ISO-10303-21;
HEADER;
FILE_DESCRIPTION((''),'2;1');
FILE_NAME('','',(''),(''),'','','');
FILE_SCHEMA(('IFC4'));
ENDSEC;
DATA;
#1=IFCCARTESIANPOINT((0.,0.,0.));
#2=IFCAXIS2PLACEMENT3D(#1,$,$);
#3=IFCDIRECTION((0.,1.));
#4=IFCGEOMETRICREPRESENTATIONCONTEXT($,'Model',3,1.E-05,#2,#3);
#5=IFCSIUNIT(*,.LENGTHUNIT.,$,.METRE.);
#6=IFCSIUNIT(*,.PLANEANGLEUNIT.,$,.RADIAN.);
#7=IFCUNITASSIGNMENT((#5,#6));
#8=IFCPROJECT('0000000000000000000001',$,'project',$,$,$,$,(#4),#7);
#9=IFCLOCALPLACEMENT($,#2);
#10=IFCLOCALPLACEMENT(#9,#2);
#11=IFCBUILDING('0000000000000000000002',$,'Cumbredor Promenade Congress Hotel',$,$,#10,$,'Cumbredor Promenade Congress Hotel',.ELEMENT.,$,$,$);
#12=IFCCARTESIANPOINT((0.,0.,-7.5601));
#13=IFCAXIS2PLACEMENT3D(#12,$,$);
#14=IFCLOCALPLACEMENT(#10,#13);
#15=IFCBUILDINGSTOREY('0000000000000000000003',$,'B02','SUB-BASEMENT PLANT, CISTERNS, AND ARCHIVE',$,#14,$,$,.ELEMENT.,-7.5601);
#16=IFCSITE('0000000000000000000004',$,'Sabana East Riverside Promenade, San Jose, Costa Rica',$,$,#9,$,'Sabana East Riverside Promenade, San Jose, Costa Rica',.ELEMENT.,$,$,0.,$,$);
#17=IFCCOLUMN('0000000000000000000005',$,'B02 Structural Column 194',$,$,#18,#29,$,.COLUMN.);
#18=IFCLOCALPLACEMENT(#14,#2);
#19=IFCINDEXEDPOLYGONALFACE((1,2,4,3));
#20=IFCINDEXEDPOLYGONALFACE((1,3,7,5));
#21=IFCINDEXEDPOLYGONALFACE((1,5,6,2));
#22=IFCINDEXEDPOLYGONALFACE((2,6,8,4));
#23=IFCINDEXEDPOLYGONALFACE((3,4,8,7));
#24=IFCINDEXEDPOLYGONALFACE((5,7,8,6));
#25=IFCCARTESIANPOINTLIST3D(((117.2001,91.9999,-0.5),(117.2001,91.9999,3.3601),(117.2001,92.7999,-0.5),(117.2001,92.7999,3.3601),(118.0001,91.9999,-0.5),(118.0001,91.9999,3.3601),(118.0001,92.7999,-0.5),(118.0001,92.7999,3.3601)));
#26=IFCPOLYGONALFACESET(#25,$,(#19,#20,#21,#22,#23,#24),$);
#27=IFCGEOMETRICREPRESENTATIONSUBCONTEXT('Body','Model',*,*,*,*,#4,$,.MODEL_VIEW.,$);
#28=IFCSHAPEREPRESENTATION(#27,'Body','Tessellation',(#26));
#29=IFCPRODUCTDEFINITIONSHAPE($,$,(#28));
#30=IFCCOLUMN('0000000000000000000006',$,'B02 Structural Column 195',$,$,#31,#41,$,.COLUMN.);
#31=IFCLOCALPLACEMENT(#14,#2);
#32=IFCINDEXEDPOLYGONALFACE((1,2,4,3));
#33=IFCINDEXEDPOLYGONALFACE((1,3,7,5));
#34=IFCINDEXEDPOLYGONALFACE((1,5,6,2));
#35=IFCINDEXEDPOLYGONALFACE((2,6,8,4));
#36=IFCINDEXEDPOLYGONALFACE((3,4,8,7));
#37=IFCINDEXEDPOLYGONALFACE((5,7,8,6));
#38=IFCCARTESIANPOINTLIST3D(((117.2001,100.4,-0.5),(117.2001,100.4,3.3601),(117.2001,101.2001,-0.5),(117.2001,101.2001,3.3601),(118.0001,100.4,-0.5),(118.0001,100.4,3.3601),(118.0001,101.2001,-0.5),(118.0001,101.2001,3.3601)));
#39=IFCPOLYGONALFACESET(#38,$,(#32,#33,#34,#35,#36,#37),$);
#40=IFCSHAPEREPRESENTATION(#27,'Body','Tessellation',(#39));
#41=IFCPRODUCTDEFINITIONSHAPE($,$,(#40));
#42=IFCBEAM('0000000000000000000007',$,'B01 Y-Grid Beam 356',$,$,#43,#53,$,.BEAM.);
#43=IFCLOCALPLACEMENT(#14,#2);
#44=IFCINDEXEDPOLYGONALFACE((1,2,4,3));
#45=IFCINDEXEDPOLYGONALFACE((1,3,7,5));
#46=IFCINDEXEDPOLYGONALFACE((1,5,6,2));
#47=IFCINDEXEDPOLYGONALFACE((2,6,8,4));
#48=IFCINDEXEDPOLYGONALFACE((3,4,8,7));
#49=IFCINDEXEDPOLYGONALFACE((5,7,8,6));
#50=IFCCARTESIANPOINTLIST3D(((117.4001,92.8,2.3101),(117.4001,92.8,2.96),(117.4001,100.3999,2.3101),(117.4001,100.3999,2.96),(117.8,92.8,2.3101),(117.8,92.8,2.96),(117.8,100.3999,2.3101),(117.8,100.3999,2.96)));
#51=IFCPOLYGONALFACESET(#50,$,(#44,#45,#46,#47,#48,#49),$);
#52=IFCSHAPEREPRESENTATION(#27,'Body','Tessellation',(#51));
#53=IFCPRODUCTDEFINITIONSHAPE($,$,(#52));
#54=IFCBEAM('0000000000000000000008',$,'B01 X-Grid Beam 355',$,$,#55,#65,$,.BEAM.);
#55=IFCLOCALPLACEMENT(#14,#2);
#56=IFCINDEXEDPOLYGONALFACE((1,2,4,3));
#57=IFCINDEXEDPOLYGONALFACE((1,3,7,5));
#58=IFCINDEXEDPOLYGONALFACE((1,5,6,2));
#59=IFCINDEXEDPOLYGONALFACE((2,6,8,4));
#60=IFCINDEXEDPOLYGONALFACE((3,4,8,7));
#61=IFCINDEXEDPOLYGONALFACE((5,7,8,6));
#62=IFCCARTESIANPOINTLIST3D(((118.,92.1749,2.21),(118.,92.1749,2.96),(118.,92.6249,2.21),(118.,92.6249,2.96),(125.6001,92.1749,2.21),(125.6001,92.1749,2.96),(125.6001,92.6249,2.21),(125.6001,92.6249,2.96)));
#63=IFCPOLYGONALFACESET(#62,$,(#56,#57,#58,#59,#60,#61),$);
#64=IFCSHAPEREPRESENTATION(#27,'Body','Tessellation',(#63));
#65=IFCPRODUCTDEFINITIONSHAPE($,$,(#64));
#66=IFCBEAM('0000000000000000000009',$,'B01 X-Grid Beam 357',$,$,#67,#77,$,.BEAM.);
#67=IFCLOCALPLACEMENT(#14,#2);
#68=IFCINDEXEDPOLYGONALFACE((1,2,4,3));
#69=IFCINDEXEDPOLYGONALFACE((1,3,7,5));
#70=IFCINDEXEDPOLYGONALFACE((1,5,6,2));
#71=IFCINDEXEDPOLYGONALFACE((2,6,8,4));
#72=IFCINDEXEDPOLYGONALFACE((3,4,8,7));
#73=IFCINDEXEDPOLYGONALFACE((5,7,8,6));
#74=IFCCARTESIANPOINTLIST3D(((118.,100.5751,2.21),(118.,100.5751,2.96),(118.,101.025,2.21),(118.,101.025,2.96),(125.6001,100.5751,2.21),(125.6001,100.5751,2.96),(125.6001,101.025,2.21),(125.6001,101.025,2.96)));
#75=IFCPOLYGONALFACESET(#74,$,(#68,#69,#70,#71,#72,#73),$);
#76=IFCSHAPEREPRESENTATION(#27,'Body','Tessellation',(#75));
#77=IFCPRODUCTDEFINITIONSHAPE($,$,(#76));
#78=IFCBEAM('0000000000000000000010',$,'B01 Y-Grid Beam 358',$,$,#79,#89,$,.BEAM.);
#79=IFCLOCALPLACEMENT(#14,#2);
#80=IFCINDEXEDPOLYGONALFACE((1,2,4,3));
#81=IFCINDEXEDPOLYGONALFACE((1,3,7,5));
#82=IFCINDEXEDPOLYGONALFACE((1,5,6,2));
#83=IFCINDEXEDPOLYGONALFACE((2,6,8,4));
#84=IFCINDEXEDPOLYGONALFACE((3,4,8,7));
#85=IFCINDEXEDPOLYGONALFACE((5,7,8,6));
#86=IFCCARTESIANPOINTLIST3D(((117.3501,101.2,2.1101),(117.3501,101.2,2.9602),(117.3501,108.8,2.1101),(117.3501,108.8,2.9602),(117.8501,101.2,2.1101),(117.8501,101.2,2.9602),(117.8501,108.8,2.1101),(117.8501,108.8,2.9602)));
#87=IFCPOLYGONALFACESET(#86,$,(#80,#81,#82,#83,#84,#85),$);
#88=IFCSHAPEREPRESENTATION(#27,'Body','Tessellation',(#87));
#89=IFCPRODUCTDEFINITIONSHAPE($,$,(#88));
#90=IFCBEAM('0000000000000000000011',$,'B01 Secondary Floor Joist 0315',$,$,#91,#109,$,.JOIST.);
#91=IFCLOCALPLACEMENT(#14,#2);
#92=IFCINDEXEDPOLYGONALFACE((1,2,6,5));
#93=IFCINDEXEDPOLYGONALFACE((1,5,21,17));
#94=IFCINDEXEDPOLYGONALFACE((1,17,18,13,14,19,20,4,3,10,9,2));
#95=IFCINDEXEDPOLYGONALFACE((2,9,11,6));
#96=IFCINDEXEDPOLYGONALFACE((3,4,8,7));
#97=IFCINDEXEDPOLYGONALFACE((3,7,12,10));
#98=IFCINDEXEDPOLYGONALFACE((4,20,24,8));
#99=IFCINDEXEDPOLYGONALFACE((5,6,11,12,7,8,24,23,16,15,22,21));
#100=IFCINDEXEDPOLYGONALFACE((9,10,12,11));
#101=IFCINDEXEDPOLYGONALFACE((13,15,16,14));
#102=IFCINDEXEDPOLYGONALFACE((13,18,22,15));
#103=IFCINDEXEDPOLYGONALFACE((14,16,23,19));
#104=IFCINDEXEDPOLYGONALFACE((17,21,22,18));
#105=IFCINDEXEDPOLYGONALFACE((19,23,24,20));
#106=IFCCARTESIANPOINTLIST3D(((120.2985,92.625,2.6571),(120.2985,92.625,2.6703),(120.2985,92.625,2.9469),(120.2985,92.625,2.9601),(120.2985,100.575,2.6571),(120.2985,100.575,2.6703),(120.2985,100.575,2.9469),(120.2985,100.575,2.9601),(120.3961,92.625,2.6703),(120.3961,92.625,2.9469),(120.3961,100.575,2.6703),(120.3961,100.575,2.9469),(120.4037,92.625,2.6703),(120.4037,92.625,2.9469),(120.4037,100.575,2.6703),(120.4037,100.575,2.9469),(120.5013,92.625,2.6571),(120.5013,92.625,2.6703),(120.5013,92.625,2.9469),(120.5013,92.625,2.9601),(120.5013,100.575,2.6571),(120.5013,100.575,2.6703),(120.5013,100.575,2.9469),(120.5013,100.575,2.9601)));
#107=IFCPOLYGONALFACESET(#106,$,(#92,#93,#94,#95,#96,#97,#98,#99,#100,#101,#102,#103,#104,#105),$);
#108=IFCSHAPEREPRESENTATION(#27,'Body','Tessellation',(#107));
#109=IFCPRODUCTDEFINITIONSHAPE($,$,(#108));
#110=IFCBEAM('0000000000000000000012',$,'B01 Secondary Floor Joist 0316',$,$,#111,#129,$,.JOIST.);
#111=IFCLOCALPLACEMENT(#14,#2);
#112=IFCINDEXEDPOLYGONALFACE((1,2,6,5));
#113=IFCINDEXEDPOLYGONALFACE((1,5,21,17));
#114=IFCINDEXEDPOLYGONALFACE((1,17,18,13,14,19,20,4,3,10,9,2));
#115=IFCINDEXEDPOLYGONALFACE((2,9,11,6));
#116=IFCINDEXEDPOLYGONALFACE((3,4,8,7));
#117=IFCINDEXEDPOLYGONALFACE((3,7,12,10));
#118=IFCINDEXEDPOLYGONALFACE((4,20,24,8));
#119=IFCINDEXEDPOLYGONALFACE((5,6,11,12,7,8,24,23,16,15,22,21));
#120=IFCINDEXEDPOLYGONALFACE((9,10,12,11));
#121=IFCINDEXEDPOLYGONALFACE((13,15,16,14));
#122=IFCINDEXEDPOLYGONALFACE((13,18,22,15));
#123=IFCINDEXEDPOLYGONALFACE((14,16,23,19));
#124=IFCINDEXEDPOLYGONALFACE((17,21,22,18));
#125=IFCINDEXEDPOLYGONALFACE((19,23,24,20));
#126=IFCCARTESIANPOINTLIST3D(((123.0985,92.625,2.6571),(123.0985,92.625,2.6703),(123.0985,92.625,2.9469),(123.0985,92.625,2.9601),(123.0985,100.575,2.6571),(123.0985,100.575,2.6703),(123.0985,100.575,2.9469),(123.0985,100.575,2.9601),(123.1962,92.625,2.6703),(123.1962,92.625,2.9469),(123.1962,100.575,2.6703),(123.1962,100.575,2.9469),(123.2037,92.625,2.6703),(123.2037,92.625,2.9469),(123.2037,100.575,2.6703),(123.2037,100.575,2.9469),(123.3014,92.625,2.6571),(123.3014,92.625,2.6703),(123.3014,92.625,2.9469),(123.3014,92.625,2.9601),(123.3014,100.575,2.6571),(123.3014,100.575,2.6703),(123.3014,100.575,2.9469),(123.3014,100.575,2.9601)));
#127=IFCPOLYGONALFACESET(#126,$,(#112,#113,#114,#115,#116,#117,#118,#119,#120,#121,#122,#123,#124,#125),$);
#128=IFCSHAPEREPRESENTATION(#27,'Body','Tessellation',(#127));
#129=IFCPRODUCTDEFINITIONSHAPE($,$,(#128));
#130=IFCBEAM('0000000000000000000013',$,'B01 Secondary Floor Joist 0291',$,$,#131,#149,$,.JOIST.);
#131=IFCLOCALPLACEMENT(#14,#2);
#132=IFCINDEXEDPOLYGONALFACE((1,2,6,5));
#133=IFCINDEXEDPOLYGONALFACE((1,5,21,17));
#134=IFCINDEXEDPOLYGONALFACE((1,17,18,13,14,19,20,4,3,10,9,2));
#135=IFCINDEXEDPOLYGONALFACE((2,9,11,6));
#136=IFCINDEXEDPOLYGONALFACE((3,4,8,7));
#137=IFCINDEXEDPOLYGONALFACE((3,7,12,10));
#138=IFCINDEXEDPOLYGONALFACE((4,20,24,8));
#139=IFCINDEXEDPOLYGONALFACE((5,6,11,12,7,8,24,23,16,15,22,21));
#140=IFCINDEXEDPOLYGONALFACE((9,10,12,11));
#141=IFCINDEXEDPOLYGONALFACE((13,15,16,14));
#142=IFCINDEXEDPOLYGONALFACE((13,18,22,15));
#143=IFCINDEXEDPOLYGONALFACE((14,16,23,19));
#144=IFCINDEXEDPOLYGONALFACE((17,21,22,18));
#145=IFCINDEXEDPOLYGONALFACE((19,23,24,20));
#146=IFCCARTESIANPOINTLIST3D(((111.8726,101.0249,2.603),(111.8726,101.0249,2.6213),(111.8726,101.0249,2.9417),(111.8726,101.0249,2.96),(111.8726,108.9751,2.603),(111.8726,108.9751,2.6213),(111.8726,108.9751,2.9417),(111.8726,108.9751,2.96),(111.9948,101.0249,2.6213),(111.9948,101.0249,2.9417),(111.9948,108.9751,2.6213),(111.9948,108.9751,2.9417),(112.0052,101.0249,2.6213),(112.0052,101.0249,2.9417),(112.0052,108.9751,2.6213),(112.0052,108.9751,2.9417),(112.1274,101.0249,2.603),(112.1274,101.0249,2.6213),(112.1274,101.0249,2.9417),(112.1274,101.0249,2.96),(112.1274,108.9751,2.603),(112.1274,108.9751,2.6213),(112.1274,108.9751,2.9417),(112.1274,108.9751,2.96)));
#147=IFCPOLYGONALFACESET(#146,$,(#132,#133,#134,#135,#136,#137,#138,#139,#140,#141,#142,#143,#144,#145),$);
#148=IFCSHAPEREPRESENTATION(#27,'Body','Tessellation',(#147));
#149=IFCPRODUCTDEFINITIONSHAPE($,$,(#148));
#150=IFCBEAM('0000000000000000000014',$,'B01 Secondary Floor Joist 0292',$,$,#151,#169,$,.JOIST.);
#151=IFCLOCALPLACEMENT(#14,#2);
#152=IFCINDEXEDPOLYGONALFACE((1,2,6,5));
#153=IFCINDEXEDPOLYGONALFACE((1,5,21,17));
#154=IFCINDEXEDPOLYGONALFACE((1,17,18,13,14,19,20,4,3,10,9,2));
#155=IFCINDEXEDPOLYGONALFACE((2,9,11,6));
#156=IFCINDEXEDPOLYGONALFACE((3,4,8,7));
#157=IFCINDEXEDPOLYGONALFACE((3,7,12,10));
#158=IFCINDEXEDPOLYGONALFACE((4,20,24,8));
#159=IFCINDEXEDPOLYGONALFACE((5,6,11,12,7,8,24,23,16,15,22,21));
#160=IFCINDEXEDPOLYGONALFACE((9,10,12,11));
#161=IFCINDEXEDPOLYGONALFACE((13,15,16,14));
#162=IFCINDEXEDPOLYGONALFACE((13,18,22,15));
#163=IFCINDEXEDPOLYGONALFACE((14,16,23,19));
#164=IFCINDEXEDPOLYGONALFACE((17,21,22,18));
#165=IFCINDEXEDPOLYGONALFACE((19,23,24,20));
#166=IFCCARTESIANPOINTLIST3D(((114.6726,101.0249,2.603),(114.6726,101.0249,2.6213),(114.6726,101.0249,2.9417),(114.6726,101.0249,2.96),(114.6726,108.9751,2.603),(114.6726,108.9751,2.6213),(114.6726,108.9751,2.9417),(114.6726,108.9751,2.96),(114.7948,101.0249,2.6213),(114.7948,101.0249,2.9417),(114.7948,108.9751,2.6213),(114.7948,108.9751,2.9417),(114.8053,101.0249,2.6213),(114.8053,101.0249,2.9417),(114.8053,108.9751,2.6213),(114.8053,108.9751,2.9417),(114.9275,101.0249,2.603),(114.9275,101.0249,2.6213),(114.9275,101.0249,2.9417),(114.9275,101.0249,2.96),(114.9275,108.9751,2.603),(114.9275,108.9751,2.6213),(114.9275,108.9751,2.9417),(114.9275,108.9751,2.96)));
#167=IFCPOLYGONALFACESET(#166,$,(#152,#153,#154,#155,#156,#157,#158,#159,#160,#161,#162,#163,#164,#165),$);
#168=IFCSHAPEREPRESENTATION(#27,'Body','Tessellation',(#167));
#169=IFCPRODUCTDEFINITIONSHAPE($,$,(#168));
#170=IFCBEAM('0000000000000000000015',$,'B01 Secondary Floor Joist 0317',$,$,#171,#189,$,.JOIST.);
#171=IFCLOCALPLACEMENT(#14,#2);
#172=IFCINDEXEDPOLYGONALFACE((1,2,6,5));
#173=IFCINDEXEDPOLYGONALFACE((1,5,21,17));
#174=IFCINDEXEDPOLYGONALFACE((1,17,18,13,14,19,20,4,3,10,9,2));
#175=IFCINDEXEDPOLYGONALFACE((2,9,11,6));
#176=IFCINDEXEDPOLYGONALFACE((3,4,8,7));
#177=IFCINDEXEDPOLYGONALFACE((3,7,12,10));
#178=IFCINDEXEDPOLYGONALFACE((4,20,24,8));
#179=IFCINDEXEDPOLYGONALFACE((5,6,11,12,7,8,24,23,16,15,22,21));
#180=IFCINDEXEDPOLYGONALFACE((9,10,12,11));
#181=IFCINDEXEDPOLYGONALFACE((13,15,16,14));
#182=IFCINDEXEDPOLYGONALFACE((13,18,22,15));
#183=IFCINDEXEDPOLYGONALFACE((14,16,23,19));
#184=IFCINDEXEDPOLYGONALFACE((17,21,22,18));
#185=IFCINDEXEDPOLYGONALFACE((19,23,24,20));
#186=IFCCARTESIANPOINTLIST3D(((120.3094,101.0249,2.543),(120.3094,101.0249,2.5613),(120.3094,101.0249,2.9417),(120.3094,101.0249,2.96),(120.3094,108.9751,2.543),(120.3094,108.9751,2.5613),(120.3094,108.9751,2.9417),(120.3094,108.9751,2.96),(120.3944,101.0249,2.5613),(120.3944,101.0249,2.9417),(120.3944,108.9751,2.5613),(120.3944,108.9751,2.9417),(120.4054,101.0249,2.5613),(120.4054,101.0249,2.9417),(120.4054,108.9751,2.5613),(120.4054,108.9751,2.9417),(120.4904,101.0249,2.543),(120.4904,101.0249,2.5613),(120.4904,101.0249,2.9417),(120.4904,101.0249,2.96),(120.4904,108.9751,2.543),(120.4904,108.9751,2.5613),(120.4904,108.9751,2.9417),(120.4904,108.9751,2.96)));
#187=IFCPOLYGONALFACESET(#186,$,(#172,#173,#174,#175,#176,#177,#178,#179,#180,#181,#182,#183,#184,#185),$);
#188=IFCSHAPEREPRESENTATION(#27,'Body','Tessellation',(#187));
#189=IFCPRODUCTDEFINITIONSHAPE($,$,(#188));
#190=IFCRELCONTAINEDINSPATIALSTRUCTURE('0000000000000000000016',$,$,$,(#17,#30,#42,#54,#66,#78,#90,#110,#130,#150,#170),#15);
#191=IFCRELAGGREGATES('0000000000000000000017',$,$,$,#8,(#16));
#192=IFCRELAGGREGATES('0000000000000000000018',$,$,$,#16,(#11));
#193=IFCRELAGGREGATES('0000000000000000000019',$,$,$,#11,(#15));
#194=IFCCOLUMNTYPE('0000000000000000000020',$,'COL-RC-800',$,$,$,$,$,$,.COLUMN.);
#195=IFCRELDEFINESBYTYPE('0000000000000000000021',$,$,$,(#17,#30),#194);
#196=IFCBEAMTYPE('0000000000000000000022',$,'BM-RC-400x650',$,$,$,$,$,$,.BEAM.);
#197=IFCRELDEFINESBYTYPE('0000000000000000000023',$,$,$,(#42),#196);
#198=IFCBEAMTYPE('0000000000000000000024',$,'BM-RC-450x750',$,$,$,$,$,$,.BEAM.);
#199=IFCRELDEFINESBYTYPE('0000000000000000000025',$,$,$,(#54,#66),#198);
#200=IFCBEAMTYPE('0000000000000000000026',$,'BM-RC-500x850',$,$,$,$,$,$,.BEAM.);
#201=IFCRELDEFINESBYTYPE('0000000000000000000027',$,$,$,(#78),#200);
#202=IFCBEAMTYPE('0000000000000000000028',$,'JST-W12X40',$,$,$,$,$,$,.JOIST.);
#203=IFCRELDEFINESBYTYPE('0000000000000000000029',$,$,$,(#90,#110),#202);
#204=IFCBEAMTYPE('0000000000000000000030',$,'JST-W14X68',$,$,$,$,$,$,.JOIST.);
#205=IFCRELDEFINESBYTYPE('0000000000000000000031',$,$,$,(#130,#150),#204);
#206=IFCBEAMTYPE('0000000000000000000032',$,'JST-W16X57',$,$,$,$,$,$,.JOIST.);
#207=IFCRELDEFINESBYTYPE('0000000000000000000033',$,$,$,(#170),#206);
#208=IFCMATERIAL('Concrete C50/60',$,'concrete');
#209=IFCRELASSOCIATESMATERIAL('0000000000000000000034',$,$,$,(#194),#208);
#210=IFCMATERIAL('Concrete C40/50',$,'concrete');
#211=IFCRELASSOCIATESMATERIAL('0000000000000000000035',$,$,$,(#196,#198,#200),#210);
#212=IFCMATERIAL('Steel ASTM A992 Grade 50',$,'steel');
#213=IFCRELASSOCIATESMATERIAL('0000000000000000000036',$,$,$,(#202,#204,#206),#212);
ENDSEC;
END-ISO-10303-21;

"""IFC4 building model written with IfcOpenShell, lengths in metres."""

from ifc_helpers import new_model, si_unit, direction, frame, origin, origin_2d, place, context, subcontext, project, spatial, rectangle, i_section, extrude, material, material_profile, profile_set, type_object, element, save


model = new_model("IFC4")

# Units and contexts
model_context = context("Model", 3, precision=1e-05, world=origin(), true_north=direction((0.0, 1.0)))
body_context = subcontext(model_context, "Body", "Model", "MODEL_VIEW")
ifc_project = project(units=[si_unit("LENGTHUNIT", "METRE"), si_unit("PLANEANGLEUNIT", "RADIAN")], contexts=[model_context])

# Site, building, storey
site_placement = place(None, origin())
site = spatial("IfcSite", under=ifc_project, at=site_placement, Name="Sabana East Riverside Promenade, San Jose, Costa Rica", LongName="Sabana East Riverside Promenade, San Jose, Costa Rica", CompositionType="ELEMENT", RefElevation=0.0)
building_placement = place(site_placement, origin())
building = spatial("IfcBuilding", under=site, at=building_placement, Name="Cumbredor Promenade Congress Hotel", LongName="Cumbredor Promenade Congress Hotel", CompositionType="ELEMENT")
storey_placement = place(building_placement, frame((0.0, 0.0, -7.5601)))
storey = spatial("IfcBuildingStorey", under=building, at=storey_placement, Name="B02", Description="SUB-BASEMENT PLANT, CISTERNS, AND ARCHIVE", CompositionType="ELEMENT", Elevation=-7.5601)

# Shared definitions
ifc_material_1 = material(Name="Concrete C40/50", Category="concrete")

# Columns
ifc_material_2 = material(Name="Concrete C50/60", Category="concrete")
ifc_material_profile_1 = material_profile(ifc_material_2, rectangle(XDim=0.8, YDim=0.8, at=origin_2d()), Name="RC 800x800")
ifc_profile_set_1 = profile_set([ifc_material_profile_1], Name="Concrete C50/60")
column_type = type_object("IfcColumnType", Name="COL-RC-800", PredefinedType="COLUMN", material=ifc_profile_set_1)
for number, where, z_axis, x_axis, name in (
    (1, (117.6001, 92.3999, -0.5), (0.0, 0.0, 1.0), (1.0, 0.0, 0.0), "B02 Structural Column 194"),
    (2, (117.6001, 100.8, -0.5), (0.0, 0.0, 1.0), (1.0, 0.0, 0.0), "B02 Structural Column 195"),
):
    element("IfcColumn", number, at=place(storey_placement, frame(where, z_axis=z_axis, x_axis=x_axis)), inside=storey, type_object=column_type, Name=name, PredefinedType="COLUMN", context=body_context, shape_type="SweptSolid", body=[
        extrude(rectangle(XDim=0.8, YDim=0.8, at=origin_2d()), origin(), (0.0, 0.0, 1.0), 3.8601),
    ])

# Beams
ifc_material_profile_2 = material_profile(ifc_material_1, rectangle(XDim=0.3999, YDim=0.6499, at=origin_2d()), Name="RC BEAM 400x650")
ifc_profile_set_2 = profile_set([ifc_material_profile_2], Name="Concrete C40/50")
beam_type_1 = type_object("IfcBeamType", Name="BM-RC-400x650", PredefinedType="BEAM", material=ifc_profile_set_2)
beam_1_placement = place(storey_placement, frame((117.6001, 92.8, 2.635), z_axis=(0.0, 1.0, 0.0), x_axis=(-1.0, 0.0, 0.0)))
element("IfcBeam", 3, at=beam_1_placement, inside=storey, type_object=beam_type_1, Name="B01 Y-Grid Beam 356", PredefinedType="BEAM", context=body_context, shape_type="SweptSolid", body=[
    extrude(rectangle(XDim=0.3999, YDim=0.6499, at=origin_2d()), origin(), (0.0, 0.0, 1.0), 7.5999),
])
ifc_material_profile_3 = material_profile(ifc_material_1, rectangle(XDim=0.45, YDim=0.75, at=origin_2d()), Name="RC BEAM 450x750")
ifc_profile_set_3 = profile_set([ifc_material_profile_3], Name="Concrete C40/50")
beam_type_2 = type_object("IfcBeamType", Name="BM-RC-450x750", PredefinedType="BEAM", material=ifc_profile_set_3)
for number, where, z_axis, x_axis, name in (
    (4, (118.0, 92.3999, 2.585), (1.0, 0.0, 0.0), (0.0, 1.0, 0.0), "B01 X-Grid Beam 355"),
    (5, (118.0, 100.8, 2.585), (1.0, 0.0, 0.0), (0.0, 1.0, 0.0), "B01 X-Grid Beam 357"),
):
    element("IfcBeam", number, at=place(storey_placement, frame(where, z_axis=z_axis, x_axis=x_axis)), inside=storey, type_object=beam_type_2, Name=name, PredefinedType="BEAM", context=body_context, shape_type="SweptSolid", body=[
        extrude(rectangle(XDim=0.45, YDim=0.75, at=origin_2d()), origin(), (0.0, 0.0, 1.0), 7.6001),
    ])
ifc_material_profile_4 = material_profile(ifc_material_1, rectangle(XDim=0.5, YDim=0.8501, at=origin_2d()), Name="RC BEAM 500x850")
ifc_profile_set_4 = profile_set([ifc_material_profile_4], Name="Concrete C40/50")
beam_type_3 = type_object("IfcBeamType", Name="BM-RC-500x850", PredefinedType="BEAM", material=ifc_profile_set_4)
beam_2_placement = place(storey_placement, frame((117.6001, 101.2, 2.5352), z_axis=(0.0, 1.0, 0.0), x_axis=(-1.0, 0.0, 0.0)))
element("IfcBeam", 6, at=beam_2_placement, inside=storey, type_object=beam_type_3, Name="B01 Y-Grid Beam 358", PredefinedType="BEAM", context=body_context, shape_type="SweptSolid", body=[
    extrude(rectangle(XDim=0.5, YDim=0.8501, at=origin_2d()), origin(), (0.0, 0.0, 1.0), 7.6001),
])
ifc_material_3 = material(Name="Steel ASTM A992 Grade 50", Category="steel")
ifc_material_profile_5 = material_profile(ifc_material_3, i_section(OverallWidth=0.2029, OverallDepth=0.303, WebThickness=0.0076, FlangeThickness=0.0132, at=origin_2d()), Name="W12X40")
ifc_profile_set_5 = profile_set([ifc_material_profile_5], Name="Steel ASTM A992 Grade 50")
beam_type_4 = type_object("IfcBeamType", Name="JST-W12X40", PredefinedType="JOIST", material=ifc_profile_set_5)
for number, where, z_axis, x_axis, name in (
    (7, (120.3999, 92.625, 2.8086), (0.0, 1.0, 0.0), (-1.0, 0.0, 0.0), "B01 Secondary Floor Joist 0315"),
    (8, (123.2, 92.625, 2.8086), (0.0, 1.0, 0.0), (-1.0, 0.0, 0.0), "B01 Secondary Floor Joist 0316"),
):
    element("IfcBeam", number, at=place(storey_placement, frame(where, z_axis=z_axis, x_axis=x_axis)), inside=storey, type_object=beam_type_4, Name=name, PredefinedType="JOIST", context=body_context, shape_type="SweptSolid", body=[
        extrude(i_section(OverallWidth=0.2029, OverallDepth=0.303, WebThickness=0.0076, FlangeThickness=0.0132, at=origin_2d()), origin(), (0.0, 0.0, 1.0), 7.95),
    ])
ifc_material_profile_6 = material_profile(ifc_material_3, i_section(OverallWidth=0.2549, OverallDepth=0.3569, WebThickness=0.0105, FlangeThickness=0.0183, at=origin_2d()), Name="W14X68")
ifc_profile_set_6 = profile_set([ifc_material_profile_6], Name="Steel ASTM A992 Grade 50")
beam_type_5 = type_object("IfcBeamType", Name="JST-W14X68", PredefinedType="JOIST", material=ifc_profile_set_6)
for number, where, z_axis, x_axis, name in (
    (9, (112.0, 101.0249, 2.7815), (0.0, 1.0, 0.0), (-1.0, 0.0, 0.0), "B01 Secondary Floor Joist 0291"),
    (10, (114.8, 101.0249, 2.7815), (0.0, 1.0, 0.0), (-1.0, 0.0, 0.0), "B01 Secondary Floor Joist 0292"),
):
    element("IfcBeam", number, at=place(storey_placement, frame(where, z_axis=z_axis, x_axis=x_axis)), inside=storey, type_object=beam_type_5, Name=name, PredefinedType="JOIST", context=body_context, shape_type="SweptSolid", body=[
        extrude(i_section(OverallWidth=0.2549, OverallDepth=0.3569, WebThickness=0.0105, FlangeThickness=0.0183, at=origin_2d()), origin(), (0.0, 0.0, 1.0), 7.9502),
    ])
ifc_material_profile_7 = material_profile(ifc_material_3, i_section(OverallWidth=0.1809, OverallDepth=0.417, WebThickness=0.011, FlangeThickness=0.0183, at=origin_2d()), Name="W16X57")
ifc_profile_set_7 = profile_set([ifc_material_profile_7], Name="Steel ASTM A992 Grade 50")
beam_type_6 = type_object("IfcBeamType", Name="JST-W16X57", PredefinedType="JOIST", material=ifc_profile_set_7)
for number, where, z_axis, x_axis, name in (
    (11, (120.3999, 101.0249, 2.7515), (0.0, 1.0, 0.0), (-1.0, 0.0, 0.0), "B01 Secondary Floor Joist 0317"),
):
    element("IfcBeam", number, at=place(storey_placement, frame(where, z_axis=z_axis, x_axis=x_axis)), inside=storey, type_object=beam_type_6, Name=name, PredefinedType="JOIST", context=body_context, shape_type="SweptSolid", body=[
        extrude(i_section(OverallWidth=0.1809, OverallDepth=0.417, WebThickness=0.011, FlangeThickness=0.0183, at=origin_2d()), origin(), (0.0, 0.0, 1.0), 7.9502),
    ])

save(model, "model.ifc")
